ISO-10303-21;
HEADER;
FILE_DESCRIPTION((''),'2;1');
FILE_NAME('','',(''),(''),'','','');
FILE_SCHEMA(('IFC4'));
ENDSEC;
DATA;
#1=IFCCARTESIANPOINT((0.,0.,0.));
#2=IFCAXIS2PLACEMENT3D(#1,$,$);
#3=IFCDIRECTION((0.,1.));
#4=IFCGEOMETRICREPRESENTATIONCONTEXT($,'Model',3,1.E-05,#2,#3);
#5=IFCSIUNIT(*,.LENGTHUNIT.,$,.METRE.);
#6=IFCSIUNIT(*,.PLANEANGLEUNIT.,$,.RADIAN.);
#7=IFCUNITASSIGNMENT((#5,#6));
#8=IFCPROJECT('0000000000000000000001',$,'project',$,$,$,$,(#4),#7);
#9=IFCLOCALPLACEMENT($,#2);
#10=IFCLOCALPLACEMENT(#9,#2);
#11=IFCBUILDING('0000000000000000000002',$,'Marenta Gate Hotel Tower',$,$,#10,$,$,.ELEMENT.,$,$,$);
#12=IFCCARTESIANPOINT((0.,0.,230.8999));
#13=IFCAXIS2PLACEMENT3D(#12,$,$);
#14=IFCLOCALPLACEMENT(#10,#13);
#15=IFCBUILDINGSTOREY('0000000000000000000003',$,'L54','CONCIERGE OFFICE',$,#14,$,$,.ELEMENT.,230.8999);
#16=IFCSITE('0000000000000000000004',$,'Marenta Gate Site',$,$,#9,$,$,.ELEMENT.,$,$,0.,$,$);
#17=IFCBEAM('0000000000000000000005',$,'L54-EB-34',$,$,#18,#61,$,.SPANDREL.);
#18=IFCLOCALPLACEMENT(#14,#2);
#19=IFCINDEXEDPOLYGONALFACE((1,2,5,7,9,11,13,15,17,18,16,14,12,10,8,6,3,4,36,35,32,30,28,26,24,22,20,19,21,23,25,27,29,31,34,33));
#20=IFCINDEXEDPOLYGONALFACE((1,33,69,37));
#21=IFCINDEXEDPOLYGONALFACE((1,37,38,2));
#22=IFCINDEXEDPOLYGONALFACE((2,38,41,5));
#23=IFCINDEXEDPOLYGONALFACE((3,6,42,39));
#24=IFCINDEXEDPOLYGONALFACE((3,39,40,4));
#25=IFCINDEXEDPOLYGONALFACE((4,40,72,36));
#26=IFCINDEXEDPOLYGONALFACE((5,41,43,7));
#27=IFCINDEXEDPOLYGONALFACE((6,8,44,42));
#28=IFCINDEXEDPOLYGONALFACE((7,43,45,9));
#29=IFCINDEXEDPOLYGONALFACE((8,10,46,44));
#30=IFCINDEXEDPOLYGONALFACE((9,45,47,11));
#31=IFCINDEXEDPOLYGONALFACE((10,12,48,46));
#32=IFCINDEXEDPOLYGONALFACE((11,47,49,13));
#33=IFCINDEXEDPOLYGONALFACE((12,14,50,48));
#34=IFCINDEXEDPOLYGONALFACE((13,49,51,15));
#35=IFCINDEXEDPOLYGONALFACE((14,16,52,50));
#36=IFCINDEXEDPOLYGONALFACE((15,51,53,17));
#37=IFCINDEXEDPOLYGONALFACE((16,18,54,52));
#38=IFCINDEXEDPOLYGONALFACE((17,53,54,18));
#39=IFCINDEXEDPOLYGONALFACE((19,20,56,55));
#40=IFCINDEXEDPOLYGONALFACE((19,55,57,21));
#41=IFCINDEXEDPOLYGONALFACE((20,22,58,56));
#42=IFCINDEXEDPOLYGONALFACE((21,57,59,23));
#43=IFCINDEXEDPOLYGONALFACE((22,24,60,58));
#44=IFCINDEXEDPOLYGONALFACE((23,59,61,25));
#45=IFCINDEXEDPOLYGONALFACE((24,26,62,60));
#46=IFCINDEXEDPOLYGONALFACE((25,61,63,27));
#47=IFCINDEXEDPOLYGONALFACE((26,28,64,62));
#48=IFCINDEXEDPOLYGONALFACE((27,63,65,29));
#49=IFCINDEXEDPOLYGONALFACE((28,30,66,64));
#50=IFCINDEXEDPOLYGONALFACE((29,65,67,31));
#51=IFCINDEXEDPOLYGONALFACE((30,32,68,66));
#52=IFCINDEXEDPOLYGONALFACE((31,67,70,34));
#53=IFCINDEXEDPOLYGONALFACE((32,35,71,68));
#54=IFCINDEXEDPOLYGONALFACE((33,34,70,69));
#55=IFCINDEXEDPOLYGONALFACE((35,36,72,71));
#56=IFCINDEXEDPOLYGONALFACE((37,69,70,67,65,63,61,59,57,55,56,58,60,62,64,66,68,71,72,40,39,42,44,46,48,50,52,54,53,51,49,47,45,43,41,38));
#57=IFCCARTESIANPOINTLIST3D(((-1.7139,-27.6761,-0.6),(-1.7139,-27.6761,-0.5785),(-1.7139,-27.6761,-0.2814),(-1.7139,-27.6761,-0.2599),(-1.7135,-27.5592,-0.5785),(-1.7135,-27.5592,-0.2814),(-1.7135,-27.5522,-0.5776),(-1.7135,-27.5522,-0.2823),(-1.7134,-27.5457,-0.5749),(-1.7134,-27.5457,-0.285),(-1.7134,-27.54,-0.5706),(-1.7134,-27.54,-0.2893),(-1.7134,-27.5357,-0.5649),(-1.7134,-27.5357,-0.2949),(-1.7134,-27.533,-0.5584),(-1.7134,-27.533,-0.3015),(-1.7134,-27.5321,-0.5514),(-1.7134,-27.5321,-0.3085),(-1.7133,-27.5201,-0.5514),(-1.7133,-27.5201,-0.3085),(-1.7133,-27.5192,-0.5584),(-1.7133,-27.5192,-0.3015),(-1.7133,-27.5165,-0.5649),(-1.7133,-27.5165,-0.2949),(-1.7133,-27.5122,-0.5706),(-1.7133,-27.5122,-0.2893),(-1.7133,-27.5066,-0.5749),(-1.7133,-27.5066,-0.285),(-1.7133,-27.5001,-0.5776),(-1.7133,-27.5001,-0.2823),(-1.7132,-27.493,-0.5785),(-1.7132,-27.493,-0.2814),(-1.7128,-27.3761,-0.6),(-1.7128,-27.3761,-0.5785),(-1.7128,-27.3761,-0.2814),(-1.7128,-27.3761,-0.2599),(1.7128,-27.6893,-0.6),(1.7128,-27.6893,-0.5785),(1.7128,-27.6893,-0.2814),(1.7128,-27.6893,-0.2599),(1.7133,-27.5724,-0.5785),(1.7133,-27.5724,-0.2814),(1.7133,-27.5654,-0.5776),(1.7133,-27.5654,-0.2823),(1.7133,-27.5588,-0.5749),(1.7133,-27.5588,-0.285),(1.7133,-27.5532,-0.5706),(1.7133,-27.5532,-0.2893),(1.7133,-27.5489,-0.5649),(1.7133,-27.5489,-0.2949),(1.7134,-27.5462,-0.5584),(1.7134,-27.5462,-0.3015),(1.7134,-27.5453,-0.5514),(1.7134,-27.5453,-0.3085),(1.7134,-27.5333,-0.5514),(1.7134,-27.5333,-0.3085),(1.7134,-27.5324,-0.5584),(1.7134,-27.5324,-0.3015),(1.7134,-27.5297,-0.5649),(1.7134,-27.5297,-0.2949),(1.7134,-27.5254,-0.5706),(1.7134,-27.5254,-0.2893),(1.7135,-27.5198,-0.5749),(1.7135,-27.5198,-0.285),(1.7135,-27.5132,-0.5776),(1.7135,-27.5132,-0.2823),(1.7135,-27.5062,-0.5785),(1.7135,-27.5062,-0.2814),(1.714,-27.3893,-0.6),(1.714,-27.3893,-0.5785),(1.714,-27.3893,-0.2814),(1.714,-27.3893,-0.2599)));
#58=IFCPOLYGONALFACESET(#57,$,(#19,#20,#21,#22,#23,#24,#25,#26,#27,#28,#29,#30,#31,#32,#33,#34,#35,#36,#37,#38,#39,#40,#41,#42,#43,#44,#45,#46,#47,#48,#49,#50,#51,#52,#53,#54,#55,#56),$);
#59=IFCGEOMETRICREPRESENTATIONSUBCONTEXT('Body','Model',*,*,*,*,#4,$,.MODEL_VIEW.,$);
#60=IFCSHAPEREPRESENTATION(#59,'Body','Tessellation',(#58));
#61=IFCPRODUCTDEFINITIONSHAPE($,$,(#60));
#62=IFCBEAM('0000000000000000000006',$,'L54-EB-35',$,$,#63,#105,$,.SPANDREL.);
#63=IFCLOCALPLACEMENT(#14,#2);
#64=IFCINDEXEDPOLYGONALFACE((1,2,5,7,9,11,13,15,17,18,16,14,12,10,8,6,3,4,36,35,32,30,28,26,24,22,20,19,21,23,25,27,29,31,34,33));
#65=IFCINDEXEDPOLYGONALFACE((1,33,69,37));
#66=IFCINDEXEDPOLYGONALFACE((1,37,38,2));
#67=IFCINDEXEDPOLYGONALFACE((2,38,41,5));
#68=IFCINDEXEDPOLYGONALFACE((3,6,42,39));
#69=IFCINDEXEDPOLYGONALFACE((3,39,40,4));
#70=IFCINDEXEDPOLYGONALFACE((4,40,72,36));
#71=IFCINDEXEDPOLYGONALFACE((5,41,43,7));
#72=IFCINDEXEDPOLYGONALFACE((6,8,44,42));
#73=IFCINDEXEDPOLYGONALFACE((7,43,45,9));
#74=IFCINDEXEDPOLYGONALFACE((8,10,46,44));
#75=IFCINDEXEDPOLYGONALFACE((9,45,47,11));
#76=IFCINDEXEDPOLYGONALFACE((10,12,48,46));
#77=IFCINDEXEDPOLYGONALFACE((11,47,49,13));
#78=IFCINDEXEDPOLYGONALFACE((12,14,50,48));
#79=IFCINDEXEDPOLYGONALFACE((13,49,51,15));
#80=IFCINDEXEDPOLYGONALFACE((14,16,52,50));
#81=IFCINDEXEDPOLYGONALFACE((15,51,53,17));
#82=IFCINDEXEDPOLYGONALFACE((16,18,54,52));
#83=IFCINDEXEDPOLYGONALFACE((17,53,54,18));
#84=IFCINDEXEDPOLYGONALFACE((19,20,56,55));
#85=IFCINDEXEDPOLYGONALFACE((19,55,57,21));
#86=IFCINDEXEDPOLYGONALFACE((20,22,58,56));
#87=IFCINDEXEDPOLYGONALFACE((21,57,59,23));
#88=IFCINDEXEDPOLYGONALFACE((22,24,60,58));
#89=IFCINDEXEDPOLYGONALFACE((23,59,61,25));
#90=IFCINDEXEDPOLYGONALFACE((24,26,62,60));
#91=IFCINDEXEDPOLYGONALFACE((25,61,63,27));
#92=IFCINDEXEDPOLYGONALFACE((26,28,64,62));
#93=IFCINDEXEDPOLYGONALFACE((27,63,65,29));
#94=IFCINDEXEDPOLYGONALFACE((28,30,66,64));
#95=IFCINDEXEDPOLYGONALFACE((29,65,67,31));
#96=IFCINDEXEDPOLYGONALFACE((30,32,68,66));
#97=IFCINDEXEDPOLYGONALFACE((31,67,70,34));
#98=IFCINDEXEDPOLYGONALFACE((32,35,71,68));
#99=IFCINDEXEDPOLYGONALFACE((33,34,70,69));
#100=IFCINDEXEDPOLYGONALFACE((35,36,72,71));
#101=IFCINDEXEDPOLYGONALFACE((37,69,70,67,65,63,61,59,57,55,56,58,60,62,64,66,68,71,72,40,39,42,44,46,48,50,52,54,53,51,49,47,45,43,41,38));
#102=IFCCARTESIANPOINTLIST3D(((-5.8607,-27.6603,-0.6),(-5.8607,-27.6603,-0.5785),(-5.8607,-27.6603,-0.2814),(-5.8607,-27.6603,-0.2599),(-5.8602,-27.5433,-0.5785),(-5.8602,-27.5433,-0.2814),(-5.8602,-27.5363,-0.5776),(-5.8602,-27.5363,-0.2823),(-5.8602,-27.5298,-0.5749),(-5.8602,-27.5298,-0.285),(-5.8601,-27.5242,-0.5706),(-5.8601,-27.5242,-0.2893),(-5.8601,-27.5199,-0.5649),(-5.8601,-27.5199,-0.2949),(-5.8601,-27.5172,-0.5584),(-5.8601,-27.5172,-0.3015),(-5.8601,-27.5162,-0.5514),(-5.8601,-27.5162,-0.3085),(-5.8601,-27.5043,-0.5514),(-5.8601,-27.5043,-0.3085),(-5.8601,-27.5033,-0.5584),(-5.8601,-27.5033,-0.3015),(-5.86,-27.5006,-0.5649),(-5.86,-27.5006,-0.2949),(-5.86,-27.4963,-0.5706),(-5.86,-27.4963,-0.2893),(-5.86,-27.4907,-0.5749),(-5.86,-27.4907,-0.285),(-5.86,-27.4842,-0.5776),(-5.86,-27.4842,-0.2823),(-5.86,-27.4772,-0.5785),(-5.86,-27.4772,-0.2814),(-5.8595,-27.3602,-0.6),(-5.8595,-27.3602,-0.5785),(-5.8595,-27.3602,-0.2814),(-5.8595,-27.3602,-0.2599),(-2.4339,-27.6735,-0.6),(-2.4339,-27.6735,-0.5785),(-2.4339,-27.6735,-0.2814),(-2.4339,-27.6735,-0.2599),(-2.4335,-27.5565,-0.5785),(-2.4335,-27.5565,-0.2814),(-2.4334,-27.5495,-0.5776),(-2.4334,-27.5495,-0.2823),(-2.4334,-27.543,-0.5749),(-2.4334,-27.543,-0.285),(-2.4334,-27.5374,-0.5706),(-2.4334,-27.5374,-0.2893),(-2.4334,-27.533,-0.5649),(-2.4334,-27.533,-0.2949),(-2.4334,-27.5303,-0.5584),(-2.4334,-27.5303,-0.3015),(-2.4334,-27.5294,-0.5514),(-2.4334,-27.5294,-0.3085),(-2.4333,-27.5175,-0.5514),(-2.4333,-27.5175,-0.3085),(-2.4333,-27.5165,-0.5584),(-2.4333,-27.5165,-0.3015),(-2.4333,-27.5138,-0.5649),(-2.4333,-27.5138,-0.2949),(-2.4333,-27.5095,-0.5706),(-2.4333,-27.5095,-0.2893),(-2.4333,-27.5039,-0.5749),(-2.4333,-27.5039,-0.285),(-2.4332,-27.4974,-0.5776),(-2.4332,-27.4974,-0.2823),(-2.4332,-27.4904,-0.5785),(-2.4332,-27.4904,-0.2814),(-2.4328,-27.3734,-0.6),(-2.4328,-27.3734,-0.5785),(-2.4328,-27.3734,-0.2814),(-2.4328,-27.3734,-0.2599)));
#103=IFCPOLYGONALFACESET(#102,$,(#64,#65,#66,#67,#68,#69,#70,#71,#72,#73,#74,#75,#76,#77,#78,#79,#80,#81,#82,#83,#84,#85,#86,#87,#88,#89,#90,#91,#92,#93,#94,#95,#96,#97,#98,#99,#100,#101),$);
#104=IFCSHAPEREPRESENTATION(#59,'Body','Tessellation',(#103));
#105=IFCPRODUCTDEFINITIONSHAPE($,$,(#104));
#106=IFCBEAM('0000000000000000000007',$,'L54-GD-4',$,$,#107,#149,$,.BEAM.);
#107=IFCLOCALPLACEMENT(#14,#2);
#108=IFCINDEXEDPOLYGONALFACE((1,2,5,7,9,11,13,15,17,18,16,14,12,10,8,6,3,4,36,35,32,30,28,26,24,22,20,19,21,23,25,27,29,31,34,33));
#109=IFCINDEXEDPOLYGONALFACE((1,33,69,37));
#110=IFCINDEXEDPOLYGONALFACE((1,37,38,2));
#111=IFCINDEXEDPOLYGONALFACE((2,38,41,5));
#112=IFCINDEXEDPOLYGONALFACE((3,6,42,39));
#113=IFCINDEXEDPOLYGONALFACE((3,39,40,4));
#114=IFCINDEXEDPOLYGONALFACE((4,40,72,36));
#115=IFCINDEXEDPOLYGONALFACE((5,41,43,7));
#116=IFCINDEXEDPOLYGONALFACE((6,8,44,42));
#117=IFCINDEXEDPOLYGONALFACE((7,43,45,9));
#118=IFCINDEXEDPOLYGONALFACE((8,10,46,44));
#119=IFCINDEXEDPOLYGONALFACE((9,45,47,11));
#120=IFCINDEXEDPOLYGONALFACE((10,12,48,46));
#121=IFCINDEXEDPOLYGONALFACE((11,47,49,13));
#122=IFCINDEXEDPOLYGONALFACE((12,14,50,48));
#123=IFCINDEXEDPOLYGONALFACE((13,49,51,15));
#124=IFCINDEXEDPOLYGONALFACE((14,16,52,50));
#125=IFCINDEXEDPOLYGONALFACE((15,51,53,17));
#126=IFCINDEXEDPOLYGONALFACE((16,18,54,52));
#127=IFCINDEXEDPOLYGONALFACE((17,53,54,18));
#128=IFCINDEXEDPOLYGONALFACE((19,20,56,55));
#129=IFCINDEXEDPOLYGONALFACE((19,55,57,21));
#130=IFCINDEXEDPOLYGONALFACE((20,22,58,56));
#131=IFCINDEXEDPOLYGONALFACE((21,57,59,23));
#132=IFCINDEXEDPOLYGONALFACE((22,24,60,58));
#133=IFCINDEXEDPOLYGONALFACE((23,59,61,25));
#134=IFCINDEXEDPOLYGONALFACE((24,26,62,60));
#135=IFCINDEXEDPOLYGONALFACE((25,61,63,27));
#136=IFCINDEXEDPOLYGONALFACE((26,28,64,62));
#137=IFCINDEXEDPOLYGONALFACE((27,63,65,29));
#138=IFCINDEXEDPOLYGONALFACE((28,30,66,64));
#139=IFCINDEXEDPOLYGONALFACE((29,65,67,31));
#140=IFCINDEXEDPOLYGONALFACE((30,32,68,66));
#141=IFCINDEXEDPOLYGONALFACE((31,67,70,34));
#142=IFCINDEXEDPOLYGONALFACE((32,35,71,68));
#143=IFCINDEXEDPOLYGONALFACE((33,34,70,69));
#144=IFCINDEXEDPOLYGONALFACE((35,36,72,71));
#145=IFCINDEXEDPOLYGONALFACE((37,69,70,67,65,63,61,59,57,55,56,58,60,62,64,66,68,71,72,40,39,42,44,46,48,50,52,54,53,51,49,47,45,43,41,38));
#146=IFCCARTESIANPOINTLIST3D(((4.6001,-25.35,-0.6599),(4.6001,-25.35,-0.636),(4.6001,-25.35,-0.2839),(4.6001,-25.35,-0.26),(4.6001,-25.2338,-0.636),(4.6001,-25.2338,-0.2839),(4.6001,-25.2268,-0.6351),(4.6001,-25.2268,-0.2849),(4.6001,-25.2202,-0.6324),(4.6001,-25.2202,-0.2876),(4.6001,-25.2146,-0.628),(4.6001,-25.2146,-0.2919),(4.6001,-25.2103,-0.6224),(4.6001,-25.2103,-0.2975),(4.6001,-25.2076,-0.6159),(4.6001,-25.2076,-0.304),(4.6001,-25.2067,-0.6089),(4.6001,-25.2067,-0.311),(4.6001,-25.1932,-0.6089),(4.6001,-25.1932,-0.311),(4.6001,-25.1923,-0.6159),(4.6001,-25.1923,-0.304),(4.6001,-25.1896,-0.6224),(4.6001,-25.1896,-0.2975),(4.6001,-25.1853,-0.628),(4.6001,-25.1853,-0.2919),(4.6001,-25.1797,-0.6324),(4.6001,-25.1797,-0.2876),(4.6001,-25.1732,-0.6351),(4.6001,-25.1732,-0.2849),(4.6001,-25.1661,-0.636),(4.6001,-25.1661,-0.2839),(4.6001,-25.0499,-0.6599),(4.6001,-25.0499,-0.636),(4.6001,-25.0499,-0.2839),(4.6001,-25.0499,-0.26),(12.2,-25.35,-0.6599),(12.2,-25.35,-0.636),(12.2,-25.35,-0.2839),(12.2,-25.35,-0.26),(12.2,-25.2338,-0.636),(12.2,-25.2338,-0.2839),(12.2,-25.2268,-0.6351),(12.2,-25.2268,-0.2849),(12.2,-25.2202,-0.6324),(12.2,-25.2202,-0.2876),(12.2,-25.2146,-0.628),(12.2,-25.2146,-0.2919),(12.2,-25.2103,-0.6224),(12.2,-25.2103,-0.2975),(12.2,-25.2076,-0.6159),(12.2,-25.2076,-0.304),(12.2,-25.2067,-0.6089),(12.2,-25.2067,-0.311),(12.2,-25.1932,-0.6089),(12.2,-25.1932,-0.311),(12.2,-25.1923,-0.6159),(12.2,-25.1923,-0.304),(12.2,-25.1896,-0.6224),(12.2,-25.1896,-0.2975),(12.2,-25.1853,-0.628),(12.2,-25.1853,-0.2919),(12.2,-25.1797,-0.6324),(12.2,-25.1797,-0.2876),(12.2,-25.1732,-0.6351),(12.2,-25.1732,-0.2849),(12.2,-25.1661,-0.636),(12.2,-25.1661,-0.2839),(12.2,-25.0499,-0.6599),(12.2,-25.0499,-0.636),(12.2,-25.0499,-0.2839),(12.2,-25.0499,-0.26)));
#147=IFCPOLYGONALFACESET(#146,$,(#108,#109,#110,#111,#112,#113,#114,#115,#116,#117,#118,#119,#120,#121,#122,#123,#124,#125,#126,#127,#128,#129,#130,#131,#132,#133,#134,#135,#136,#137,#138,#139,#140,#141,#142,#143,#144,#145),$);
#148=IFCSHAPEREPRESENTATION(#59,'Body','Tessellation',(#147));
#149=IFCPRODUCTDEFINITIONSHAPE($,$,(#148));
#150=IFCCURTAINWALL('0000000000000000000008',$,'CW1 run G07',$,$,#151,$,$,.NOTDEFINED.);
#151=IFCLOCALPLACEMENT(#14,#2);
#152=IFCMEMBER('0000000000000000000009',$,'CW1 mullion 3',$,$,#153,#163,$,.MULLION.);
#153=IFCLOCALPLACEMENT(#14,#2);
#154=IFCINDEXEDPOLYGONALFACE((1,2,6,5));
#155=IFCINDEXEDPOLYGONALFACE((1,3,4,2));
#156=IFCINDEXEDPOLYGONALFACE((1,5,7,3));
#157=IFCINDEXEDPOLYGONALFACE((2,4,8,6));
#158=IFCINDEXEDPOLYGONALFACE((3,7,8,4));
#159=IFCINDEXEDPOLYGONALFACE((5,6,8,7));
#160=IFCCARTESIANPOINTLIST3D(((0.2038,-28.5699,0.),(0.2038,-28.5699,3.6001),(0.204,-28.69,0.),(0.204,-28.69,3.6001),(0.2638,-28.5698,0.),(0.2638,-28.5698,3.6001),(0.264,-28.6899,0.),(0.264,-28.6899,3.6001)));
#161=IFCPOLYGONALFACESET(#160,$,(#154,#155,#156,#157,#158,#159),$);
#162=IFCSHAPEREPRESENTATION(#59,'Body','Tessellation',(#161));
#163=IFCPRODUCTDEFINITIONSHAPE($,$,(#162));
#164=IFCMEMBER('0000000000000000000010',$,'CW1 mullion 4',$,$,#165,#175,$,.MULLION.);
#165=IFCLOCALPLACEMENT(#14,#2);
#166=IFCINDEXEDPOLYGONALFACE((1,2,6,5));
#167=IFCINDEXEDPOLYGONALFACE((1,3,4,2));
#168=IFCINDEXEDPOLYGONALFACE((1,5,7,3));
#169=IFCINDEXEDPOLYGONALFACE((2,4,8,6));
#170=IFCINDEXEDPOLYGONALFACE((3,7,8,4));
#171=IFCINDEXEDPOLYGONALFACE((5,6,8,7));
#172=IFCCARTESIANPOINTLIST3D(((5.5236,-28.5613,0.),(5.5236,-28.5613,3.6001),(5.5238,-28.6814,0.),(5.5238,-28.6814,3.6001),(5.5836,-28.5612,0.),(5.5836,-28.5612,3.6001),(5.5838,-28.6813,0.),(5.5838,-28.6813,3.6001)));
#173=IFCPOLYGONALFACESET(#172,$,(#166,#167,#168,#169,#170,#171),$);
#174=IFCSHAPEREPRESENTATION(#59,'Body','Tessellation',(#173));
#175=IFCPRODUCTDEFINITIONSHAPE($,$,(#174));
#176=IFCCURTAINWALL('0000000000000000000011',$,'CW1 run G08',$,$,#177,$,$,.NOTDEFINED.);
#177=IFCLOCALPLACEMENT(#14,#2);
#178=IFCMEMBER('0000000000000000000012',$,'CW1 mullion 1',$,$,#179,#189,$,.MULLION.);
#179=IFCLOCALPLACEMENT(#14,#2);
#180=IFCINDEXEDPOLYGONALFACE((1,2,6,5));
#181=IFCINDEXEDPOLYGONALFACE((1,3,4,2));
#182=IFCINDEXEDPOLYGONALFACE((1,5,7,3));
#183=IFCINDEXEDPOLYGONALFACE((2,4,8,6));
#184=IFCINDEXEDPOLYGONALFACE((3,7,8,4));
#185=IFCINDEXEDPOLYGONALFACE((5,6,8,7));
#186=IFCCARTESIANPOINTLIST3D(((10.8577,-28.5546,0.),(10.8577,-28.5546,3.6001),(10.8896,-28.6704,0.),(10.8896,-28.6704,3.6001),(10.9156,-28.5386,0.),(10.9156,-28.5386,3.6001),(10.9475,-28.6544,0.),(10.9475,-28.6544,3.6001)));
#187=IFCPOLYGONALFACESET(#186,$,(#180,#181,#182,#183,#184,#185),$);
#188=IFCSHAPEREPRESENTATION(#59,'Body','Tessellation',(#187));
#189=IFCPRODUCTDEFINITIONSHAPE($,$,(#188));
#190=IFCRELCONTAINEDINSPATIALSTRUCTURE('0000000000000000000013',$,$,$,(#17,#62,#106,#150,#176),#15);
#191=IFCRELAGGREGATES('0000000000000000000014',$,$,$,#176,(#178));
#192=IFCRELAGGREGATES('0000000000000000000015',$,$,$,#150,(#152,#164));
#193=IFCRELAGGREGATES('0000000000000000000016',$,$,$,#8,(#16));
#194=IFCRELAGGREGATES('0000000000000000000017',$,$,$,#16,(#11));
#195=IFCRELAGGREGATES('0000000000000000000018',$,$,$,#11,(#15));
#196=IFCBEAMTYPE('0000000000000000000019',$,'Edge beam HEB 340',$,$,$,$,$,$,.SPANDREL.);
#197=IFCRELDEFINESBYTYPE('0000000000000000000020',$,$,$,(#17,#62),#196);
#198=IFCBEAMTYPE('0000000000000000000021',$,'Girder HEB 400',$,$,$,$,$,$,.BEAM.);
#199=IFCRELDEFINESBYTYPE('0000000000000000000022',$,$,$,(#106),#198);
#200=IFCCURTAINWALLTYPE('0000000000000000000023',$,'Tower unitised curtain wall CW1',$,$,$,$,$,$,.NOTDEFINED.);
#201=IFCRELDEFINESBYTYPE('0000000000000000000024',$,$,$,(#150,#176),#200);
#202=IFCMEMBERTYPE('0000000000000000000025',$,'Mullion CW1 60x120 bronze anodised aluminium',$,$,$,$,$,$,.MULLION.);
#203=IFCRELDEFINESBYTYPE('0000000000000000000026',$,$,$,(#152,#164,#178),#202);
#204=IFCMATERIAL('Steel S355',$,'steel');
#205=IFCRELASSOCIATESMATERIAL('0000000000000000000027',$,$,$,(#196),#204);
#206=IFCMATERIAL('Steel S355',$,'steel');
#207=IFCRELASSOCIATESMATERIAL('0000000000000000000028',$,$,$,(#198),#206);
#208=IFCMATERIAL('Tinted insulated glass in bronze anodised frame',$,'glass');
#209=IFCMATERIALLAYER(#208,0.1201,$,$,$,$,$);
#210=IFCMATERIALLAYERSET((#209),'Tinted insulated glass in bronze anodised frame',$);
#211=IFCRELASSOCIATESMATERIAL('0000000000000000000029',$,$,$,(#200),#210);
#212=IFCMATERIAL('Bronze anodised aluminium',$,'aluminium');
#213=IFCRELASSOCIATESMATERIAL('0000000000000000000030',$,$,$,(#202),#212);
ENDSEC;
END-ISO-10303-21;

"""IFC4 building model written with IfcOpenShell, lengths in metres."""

from ifc_helpers import new_model, si_unit, direction, frame, origin, origin_2d, place, context, subcontext, project, spatial, rectangle, i_section, extrude, material, layer, layer_set, material_profile, profile_set, type_object, element, aggregate, save


model = new_model("IFC4")

# Units and contexts
model_context = context("Model", 3, precision=1e-05, world=origin(), true_north=direction((0.0, 1.0)))
body_context = subcontext(model_context, "Body", "Model", "MODEL_VIEW")
ifc_project = project(units=[si_unit("LENGTHUNIT", "METRE"), si_unit("PLANEANGLEUNIT", "RADIAN")], contexts=[model_context])

# Site, building, storey
site_placement = place(None, origin())
site = spatial("IfcSite", under=ifc_project, at=site_placement, Name="Marenta Gate Site", CompositionType="ELEMENT", RefElevation=0.0)
building_placement = place(site_placement, origin())
building = spatial("IfcBuilding", under=site, at=building_placement, Name="Marenta Gate Hotel Tower", CompositionType="ELEMENT")
storey_placement = place(building_placement, frame((0.0, 0.0, 230.8999)))
storey = spatial("IfcBuildingStorey", under=building, at=storey_placement, Name="L54", Description="CONCIERGE OFFICE", CompositionType="ELEMENT", Elevation=230.8999)

# Beams
ifc_material_1 = material(Name="Steel S355", Category="steel")
ifc_material_profile_1 = material_profile(ifc_material_1, i_section(OverallWidth=0.3, OverallDepth=0.3401, WebThickness=0.012, FlangeThickness=0.0215, FilletRadius=0.0271, at=origin_2d()), Name="HEB 340")
ifc_profile_set_1 = profile_set([ifc_material_profile_1], Name="Steel S355")
beam_type_1 = type_object("IfcBeamType", Name="Edge beam HEB 340", PredefinedType="SPANDREL", material=ifc_profile_set_1)
for number, where, z_axis, x_axis, name in (
    (1, (1.7134, -27.5393, -0.4299), (-0.999993, 0.003847, 0.0), (-0.003847, -0.999993, 0.0), "L54-EB-34"),
    (2, (-2.4333, -27.5234, -0.4299), (-0.999993, 0.003847, 0.0), (-0.003847, -0.999993, 0.0), "L54-EB-35"),
):
    element("IfcBeam", number, at=place(storey_placement, frame(where, z_axis=z_axis, x_axis=x_axis)), inside=storey, type_object=beam_type_1, Name=name, PredefinedType="SPANDREL", context=body_context, shape_type="SweptSolid", body=[
        extrude(i_section(OverallWidth=0.3, OverallDepth=0.3401, WebThickness=0.012, FlangeThickness=0.0215, FilletRadius=0.0271, at=origin_2d()), origin(), (0.0, 0.0, 1.0), 3.4268),
    ])
ifc_material_2 = material(Name="Steel S355", Category="steel")
ifc_material_profile_2 = material_profile(ifc_material_2, i_section(OverallWidth=0.3, OverallDepth=0.3999, WebThickness=0.0134, FlangeThickness=0.0239, FilletRadius=0.0271, at=origin_2d()), Name="HEB 400")
ifc_profile_set_2 = profile_set([ifc_material_profile_2], Name="Steel S355")
beam_type_2 = type_object("IfcBeamType", Name="Girder HEB 400", PredefinedType="BEAM", material=ifc_profile_set_2)
beam_1_placement = place(storey_placement, frame((4.6001, -25.2, -0.46), z_axis=(1.0, 0.0, 0.0), x_axis=(0.0, 1.0, 0.0)))
element("IfcBeam", 3, at=beam_1_placement, inside=storey, type_object=beam_type_2, Name="L54-GD-4", PredefinedType="BEAM", context=body_context, shape_type="SweptSolid", body=[
    extrude(i_section(OverallWidth=0.3, OverallDepth=0.3999, WebThickness=0.0134, FlangeThickness=0.0239, FilletRadius=0.0271, at=origin_2d()), origin(), (0.0, 0.0, 1.0), 7.5999),
])

# Curtain wall, members
ifc_material_3 = material(Name="Tinted insulated glass in bronze anodised frame", Category="glass")
ifc_layer_1 = layer(ifc_material_3, 0.1201)
ifc_layer_set_1 = layer_set([ifc_layer_1], Name="Tinted insulated glass in bronze anodised frame")
curtain_wall_type = type_object("IfcCurtainWallType", Name="Tower unitised curtain wall CW1", PredefinedType="NOTDEFINED", material=ifc_layer_set_1)
curtain_wall_1_placement = place(storey_placement, origin())
curtain_wall_1 = element("IfcCurtainWall", 4, at=curtain_wall_1_placement, inside=storey, type_object=curtain_wall_type, Name="CW1 run G07", PredefinedType="NOTDEFINED")
ifc_material_4 = material(Name="Bronze anodised aluminium", Category="aluminium")
ifc_material_profile_3 = material_profile(ifc_material_4, rectangle(XDim=0.1201, YDim=0.0601, at=origin_2d()), Name="Mullion CW1 60x120 bronze anodised aluminium")
ifc_profile_set_3 = profile_set([ifc_material_profile_3], Name="Bronze anodised aluminium")
member_type_1 = type_object("IfcMemberType", Name="Mullion CW1 60x120 bronze anodised aluminium", PredefinedType="MULLION", material=ifc_profile_set_3)
member_1_placement = place(storey_placement, frame((0.2339, -28.6299, 0.0), z_axis=(0.0, 0.0, 1.0), x_axis=(-0.001645, 0.999999, 0.0)))
member_1 = element("IfcMember", 5, at=member_1_placement, type_object=member_type_1, Name="CW1 mullion 3", PredefinedType="MULLION", context=body_context, shape_type="SweptSolid", body=[
    extrude(rectangle(XDim=0.1201, YDim=0.0601, at=origin_2d()), origin(), (0.0, 0.0, 1.0), 3.6001),
])
member_2_placement = place(storey_placement, frame((5.5537, -28.6213, 0.0), z_axis=(0.0, 0.0, 1.0), x_axis=(-0.001645, 0.999999, 0.0)))
member_2 = element("IfcMember", 6, at=member_2_placement, type_object=member_type_1, Name="CW1 mullion 4", PredefinedType="MULLION", context=body_context, shape_type="SweptSolid", body=[
    extrude(rectangle(XDim=0.1201, YDim=0.0601, at=origin_2d()), origin(), (0.0, 0.0, 1.0), 3.6001),
])

# Curtain wall, member
curtain_wall_2_placement = place(storey_placement, origin())
curtain_wall_2 = element("IfcCurtainWall", 7, at=curtain_wall_2_placement, inside=storey, type_object=curtain_wall_type, Name="CW1 run G08", PredefinedType="NOTDEFINED")
member_3_placement = place(storey_placement, frame((10.9026, -28.6045, 0.0), z_axis=(0.0, 0.0, 1.0), x_axis=(-0.265293, 0.964168, 0.0)))
member_3 = element("IfcMember", 8, at=member_3_placement, type_object=member_type_1, Name="CW1 mullion 1", PredefinedType="MULLION", context=body_context, shape_type="SweptSolid", body=[
    extrude(rectangle(XDim=0.1201, YDim=0.0601, at=origin_2d()), origin(), (0.0, 0.0, 1.0), 3.6001),
])

aggregate(curtain_wall_2, [member_3])

aggregate(curtain_wall_1, [member_1, member_2])

save(model, "model.ifc")
